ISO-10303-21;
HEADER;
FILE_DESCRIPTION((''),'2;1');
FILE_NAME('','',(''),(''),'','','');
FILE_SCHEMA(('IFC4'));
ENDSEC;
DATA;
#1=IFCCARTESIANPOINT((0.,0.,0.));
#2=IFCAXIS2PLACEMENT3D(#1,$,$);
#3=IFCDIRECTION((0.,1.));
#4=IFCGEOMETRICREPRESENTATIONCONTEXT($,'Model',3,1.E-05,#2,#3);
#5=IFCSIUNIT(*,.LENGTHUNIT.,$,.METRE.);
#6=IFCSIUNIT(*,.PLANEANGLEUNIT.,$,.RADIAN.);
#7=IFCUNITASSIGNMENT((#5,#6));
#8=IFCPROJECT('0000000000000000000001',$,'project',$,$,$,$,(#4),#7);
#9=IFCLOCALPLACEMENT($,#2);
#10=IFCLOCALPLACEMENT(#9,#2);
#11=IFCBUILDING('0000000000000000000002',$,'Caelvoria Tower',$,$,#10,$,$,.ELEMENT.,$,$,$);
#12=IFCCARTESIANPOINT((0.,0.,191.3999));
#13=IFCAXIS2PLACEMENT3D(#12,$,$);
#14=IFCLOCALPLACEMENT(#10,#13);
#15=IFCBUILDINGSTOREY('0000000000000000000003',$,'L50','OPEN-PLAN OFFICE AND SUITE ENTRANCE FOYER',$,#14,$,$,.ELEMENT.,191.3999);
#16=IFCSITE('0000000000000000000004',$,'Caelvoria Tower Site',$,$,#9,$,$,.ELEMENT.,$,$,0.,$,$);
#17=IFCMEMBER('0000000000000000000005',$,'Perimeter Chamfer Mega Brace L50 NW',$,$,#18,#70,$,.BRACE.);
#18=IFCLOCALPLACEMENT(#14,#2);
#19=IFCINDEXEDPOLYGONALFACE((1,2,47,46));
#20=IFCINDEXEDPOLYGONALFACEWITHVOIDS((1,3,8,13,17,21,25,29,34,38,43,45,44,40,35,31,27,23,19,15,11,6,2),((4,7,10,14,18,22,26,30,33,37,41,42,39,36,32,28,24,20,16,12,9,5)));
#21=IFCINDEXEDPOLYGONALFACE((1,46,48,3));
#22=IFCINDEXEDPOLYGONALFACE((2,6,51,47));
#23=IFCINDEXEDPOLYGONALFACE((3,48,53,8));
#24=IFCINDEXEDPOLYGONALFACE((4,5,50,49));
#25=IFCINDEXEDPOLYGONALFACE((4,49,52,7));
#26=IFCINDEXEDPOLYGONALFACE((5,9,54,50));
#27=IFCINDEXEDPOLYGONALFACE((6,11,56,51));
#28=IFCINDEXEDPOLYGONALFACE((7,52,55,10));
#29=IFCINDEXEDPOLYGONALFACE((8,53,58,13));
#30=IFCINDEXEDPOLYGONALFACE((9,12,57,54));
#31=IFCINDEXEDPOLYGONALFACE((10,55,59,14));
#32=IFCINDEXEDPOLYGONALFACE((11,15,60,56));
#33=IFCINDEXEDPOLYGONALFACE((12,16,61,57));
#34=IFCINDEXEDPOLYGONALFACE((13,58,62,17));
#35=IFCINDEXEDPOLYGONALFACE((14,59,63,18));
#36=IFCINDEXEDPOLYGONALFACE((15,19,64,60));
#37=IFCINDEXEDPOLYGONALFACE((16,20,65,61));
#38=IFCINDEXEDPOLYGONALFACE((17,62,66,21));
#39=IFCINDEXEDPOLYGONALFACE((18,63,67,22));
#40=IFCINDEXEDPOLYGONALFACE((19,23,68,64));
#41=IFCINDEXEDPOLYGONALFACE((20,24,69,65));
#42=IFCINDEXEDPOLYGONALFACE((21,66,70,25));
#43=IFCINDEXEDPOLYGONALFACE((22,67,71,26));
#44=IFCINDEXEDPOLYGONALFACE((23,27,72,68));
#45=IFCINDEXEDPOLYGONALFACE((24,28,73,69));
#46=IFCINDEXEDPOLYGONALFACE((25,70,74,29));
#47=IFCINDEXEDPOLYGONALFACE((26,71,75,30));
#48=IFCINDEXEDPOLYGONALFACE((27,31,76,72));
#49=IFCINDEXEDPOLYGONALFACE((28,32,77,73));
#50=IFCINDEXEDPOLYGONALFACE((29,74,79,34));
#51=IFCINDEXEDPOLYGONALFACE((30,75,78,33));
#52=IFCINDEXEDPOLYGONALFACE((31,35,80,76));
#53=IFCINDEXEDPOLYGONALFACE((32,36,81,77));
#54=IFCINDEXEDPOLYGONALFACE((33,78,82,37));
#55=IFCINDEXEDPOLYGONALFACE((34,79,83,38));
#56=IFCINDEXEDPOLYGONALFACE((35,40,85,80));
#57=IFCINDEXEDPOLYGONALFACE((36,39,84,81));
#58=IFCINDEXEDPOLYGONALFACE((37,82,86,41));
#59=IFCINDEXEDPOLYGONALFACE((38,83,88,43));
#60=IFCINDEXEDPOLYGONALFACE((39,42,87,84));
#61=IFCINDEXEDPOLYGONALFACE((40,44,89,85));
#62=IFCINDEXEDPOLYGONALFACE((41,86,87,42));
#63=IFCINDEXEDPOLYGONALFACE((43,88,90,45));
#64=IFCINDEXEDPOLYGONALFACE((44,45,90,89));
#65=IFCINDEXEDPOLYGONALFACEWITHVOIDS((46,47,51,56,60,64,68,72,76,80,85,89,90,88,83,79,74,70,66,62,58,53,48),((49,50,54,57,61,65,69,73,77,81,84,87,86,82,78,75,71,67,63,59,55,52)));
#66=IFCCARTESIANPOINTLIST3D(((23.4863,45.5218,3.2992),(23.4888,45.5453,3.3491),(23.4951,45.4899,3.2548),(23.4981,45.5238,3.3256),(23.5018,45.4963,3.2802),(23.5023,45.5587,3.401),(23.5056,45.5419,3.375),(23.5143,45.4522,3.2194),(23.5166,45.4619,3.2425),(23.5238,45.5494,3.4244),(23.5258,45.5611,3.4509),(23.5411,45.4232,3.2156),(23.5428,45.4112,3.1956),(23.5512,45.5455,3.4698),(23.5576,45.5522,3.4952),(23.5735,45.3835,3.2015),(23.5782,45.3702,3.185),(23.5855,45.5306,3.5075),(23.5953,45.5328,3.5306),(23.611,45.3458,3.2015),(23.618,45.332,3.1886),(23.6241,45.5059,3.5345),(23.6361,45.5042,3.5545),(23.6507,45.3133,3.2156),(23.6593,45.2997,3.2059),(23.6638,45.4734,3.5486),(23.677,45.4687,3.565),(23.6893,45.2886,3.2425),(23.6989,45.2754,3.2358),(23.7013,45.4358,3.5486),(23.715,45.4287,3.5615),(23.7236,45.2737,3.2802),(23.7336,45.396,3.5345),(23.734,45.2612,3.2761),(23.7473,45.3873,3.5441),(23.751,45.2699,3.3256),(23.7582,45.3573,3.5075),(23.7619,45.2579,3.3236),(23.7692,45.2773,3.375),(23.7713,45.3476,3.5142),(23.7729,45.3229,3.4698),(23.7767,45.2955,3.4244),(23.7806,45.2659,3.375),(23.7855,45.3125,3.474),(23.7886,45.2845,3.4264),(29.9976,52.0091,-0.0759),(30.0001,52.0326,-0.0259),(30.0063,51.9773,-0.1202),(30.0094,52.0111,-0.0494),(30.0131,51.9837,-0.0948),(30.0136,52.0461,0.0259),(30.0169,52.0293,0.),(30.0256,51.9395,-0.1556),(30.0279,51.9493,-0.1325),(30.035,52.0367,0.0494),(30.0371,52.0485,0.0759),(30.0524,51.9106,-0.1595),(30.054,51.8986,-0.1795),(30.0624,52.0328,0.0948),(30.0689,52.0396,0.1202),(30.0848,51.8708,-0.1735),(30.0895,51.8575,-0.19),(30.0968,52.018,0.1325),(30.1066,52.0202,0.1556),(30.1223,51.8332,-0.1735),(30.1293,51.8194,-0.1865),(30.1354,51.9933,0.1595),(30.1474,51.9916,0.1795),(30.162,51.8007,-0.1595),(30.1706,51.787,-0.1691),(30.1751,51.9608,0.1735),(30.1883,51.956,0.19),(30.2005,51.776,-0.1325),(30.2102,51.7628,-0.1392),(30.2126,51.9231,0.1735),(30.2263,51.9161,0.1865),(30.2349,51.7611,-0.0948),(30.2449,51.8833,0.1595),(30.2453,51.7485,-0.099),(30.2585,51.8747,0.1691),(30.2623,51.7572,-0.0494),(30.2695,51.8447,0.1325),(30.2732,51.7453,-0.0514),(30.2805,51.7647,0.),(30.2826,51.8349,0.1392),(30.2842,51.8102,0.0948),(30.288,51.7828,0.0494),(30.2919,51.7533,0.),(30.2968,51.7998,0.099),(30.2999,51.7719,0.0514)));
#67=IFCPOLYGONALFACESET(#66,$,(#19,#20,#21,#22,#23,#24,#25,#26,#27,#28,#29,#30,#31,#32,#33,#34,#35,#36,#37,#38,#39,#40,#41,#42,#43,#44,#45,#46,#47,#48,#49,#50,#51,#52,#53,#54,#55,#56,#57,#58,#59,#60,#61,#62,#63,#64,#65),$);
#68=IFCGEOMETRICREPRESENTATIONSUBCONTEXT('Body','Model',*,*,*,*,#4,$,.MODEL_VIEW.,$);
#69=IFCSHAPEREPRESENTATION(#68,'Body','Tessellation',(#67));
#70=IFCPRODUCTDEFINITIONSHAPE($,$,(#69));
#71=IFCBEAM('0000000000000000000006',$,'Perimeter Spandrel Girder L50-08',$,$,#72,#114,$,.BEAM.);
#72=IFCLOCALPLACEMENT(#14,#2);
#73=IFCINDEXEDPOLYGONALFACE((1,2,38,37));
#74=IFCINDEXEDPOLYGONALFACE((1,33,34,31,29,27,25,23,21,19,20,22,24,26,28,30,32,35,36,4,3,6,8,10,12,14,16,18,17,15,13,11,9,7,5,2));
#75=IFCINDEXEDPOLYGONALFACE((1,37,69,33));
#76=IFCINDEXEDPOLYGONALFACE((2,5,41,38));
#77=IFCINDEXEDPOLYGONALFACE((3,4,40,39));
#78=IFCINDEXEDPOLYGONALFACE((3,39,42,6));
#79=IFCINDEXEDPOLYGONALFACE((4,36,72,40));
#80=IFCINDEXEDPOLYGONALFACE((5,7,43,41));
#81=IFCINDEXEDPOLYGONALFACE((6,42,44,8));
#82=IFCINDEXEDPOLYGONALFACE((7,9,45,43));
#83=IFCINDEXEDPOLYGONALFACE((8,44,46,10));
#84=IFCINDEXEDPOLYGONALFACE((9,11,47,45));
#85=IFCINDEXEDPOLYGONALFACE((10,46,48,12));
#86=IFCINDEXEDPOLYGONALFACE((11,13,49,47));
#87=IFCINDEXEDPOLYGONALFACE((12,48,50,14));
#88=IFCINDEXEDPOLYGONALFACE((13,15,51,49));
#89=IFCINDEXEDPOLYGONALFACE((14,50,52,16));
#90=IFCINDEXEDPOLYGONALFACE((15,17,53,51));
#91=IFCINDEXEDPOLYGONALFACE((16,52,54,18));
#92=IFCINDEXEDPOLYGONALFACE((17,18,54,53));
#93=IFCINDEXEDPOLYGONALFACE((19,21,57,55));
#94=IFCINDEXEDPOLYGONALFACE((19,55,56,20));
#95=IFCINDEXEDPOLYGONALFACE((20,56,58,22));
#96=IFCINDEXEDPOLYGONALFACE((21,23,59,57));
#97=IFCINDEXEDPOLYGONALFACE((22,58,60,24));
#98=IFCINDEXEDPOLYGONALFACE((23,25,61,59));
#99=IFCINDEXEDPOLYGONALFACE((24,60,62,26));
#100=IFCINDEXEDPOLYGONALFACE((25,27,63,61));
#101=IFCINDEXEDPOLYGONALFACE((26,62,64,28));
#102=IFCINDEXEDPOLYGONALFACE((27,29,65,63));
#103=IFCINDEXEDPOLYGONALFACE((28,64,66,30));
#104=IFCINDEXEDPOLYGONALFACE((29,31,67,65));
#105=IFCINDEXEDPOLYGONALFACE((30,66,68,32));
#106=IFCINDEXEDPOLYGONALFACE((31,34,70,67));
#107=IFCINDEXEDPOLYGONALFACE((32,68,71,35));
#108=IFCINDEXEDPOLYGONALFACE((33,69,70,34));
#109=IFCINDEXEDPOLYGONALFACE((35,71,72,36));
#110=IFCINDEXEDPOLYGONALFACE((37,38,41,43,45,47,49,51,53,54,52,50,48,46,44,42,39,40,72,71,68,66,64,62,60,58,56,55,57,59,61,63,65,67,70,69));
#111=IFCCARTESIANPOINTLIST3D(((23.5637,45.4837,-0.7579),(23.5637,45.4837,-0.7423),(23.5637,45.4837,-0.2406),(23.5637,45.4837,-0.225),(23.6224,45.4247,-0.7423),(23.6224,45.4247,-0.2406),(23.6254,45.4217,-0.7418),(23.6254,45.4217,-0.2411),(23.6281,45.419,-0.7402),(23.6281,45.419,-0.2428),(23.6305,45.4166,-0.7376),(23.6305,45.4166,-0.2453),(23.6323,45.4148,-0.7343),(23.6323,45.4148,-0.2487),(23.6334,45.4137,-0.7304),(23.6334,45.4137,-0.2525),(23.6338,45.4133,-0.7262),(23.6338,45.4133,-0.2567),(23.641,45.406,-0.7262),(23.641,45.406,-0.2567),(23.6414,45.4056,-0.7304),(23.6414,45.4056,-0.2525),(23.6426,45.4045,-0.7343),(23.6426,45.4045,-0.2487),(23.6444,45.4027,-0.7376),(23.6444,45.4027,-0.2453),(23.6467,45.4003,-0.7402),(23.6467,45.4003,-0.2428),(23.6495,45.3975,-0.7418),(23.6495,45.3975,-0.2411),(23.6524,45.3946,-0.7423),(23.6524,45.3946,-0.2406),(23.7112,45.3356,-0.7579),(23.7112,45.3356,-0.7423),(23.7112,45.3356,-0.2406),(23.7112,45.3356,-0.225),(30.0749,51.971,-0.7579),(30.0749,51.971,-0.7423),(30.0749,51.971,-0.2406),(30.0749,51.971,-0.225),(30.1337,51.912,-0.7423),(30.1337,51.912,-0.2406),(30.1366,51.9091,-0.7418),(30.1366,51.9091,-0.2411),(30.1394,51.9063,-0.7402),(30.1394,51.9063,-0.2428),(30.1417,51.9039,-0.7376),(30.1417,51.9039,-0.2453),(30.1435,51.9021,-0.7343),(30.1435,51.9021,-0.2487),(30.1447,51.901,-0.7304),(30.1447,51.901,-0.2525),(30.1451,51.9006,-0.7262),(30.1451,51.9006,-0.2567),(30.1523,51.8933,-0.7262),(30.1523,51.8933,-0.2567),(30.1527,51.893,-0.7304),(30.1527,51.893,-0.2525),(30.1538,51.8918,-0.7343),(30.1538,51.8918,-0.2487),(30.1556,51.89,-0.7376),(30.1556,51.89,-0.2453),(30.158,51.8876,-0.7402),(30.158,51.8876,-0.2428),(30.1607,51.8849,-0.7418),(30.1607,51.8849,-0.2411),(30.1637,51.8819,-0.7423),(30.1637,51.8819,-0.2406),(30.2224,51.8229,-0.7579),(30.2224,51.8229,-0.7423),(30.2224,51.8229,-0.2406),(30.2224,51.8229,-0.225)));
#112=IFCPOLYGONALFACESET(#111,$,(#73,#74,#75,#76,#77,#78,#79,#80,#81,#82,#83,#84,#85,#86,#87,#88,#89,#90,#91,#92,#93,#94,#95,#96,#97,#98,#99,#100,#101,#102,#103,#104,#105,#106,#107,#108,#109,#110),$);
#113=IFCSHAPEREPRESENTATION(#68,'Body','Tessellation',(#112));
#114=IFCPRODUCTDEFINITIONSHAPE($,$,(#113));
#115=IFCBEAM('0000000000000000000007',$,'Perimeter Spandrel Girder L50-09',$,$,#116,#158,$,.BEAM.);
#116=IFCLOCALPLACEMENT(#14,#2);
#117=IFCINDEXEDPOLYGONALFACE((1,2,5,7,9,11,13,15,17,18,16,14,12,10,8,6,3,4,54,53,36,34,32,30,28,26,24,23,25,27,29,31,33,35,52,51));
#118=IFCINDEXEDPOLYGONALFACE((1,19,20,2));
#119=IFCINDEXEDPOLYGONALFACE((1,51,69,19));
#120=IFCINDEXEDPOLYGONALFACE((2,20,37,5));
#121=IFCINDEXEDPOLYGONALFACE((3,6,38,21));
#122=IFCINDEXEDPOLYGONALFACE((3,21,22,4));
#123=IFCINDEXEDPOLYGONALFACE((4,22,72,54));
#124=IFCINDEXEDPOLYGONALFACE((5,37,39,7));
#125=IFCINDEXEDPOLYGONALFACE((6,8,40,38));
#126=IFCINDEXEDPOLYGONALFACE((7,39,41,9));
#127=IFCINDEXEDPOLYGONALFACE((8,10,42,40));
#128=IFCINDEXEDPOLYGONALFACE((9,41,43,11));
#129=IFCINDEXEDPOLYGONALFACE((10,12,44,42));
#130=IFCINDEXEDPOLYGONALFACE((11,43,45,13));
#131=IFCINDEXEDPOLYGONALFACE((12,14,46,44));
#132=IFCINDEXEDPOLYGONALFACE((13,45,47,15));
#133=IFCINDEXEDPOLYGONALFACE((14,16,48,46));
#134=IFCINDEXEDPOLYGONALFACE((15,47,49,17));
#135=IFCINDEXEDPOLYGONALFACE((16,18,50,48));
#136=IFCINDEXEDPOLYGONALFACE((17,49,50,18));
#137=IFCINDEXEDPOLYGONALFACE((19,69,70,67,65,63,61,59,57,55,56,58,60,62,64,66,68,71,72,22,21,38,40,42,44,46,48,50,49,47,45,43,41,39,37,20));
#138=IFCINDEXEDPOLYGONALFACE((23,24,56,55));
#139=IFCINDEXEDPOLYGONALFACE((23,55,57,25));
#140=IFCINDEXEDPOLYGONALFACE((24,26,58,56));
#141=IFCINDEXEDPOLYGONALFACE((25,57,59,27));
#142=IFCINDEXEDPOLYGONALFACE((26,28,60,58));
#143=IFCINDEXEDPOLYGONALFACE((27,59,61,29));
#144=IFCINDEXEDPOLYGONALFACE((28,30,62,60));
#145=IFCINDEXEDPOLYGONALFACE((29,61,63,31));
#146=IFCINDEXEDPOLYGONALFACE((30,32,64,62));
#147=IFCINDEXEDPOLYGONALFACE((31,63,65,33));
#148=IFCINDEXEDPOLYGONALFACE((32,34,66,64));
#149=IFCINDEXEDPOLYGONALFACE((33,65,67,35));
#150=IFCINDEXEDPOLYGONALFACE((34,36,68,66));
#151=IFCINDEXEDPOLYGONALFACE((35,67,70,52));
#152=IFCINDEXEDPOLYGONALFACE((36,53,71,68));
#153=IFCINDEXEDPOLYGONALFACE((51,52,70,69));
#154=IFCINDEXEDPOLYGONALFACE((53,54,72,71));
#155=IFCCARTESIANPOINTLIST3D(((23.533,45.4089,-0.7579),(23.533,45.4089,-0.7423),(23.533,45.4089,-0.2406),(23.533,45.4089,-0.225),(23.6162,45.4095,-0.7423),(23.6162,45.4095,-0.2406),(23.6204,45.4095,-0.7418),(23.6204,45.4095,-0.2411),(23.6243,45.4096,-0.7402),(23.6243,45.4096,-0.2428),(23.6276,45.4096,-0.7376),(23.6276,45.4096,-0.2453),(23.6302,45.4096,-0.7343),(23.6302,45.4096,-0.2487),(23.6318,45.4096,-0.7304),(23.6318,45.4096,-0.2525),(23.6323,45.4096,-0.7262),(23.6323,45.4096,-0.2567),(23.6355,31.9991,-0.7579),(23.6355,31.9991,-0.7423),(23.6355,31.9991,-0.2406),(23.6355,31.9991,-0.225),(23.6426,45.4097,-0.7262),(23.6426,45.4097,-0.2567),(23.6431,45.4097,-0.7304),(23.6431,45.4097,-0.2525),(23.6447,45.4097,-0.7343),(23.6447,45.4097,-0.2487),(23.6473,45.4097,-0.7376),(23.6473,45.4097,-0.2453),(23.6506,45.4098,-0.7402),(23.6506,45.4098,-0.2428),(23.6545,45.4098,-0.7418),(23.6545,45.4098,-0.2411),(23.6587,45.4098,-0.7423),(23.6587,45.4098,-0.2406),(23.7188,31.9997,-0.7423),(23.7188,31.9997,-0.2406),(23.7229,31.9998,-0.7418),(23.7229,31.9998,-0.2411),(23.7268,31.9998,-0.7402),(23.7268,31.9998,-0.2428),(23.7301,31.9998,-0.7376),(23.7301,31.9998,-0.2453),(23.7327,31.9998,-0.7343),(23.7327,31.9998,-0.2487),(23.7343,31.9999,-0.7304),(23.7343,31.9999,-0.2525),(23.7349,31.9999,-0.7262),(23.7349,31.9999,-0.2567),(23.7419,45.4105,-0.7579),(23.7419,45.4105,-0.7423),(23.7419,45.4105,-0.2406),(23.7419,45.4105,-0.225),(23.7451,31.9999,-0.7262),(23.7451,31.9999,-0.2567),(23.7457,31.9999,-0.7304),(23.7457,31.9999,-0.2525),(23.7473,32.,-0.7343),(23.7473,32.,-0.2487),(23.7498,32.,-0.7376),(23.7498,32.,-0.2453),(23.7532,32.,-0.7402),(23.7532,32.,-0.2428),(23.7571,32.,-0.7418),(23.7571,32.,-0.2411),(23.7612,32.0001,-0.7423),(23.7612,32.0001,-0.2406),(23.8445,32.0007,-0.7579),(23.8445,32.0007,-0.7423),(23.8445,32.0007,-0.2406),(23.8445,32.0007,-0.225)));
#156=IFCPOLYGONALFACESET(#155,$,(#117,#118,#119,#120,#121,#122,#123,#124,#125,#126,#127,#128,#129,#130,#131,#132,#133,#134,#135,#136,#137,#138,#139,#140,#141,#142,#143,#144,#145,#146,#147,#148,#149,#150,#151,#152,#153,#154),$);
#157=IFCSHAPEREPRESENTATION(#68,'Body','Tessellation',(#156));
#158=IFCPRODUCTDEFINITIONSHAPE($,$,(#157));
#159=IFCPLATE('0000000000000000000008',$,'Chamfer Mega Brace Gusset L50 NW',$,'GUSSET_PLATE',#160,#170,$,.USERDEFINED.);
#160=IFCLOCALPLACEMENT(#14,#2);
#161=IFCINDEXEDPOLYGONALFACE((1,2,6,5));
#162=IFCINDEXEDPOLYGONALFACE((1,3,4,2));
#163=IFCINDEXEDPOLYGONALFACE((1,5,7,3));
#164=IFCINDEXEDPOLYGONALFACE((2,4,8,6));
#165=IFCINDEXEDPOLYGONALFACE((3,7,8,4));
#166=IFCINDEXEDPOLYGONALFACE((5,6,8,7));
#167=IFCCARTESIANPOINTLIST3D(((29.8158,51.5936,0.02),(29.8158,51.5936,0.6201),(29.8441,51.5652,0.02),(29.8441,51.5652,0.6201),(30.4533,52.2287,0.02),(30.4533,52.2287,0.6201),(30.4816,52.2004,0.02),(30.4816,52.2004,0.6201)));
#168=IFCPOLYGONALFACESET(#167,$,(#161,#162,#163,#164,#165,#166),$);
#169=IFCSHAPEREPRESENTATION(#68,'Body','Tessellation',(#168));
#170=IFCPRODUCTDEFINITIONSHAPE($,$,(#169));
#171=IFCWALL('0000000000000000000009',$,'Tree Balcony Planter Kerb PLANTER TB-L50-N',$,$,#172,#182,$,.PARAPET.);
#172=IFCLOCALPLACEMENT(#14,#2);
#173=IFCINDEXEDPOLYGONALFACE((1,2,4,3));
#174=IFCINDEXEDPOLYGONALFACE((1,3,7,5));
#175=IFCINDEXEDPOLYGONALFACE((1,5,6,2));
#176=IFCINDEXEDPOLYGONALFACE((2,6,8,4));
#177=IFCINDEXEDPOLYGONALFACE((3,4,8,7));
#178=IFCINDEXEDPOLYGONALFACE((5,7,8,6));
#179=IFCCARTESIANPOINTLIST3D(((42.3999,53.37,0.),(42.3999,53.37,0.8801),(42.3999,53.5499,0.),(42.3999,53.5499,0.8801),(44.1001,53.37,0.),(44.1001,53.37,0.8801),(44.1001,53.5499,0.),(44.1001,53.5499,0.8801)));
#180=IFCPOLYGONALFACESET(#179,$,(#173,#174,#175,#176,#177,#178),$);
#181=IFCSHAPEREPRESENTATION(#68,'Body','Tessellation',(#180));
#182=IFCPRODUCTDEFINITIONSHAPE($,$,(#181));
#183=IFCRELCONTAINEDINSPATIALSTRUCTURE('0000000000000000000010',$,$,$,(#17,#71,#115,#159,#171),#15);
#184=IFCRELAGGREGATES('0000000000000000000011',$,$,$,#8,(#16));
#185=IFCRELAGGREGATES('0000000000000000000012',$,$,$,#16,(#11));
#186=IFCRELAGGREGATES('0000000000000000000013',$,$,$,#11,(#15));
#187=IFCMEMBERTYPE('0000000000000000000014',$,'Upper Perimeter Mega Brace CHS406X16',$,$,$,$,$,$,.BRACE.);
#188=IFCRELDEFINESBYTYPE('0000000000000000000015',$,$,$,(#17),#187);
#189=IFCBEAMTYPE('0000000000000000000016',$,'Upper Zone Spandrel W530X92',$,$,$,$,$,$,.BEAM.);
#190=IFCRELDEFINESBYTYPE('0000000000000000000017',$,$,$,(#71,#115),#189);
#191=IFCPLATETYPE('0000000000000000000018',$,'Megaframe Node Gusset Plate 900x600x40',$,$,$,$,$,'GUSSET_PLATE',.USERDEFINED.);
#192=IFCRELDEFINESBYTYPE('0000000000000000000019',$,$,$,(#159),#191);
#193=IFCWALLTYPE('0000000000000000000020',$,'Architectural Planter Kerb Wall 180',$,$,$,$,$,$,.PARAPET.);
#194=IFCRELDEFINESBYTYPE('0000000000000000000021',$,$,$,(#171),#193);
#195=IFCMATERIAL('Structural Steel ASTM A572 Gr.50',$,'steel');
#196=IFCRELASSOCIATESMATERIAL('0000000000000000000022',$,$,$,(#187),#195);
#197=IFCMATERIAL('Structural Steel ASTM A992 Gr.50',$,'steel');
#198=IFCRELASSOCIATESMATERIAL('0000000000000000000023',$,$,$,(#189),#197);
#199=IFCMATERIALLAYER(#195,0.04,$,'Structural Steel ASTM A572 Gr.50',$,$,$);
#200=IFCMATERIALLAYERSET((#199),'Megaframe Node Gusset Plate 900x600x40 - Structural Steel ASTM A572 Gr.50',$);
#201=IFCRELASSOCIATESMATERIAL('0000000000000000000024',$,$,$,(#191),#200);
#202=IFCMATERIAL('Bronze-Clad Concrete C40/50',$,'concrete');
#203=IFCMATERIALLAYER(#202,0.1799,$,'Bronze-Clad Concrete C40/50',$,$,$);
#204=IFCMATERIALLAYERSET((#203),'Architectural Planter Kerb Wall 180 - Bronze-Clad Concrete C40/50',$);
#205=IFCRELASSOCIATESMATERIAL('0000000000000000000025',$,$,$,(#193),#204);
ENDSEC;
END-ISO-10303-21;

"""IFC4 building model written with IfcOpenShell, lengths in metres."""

from ifc_helpers import new_model, si_unit, direction, frame, frame_2d, origin, origin_2d, place, context, subcontext, project, spatial, rectangle, hollow_circle, i_section, extrude, material, layer, layer_set, material_profile, profile_set, type_object, element, save


model = new_model("IFC4")

# Units and contexts
model_context = context("Model", 3, precision=1e-05, world=origin(), true_north=direction((0.0, 1.0)))
body_context = subcontext(model_context, "Body", "Model", "MODEL_VIEW")
ifc_project = project(units=[si_unit("LENGTHUNIT", "METRE"), si_unit("PLANEANGLEUNIT", "RADIAN")], contexts=[model_context])

# Site, building, storey
site_placement = place(None, origin())
site = spatial("IfcSite", under=ifc_project, at=site_placement, Name="Caelvoria Tower Site", CompositionType="ELEMENT", RefElevation=0.0)
building_placement = place(site_placement, origin())
building = spatial("IfcBuilding", under=site, at=building_placement, Name="Caelvoria Tower", CompositionType="ELEMENT")
storey_placement = place(building_placement, frame((0.0, 0.0, 191.3999)))
storey = spatial("IfcBuildingStorey", under=building, at=storey_placement, Name="L50", Description="OPEN-PLAN OFFICE AND SUITE ENTRANCE FOYER", CompositionType="ELEMENT", Elevation=191.3999)

# Shared definitions
ifc_material_1 = material(Name="Structural Steel ASTM A572 Gr.50", Category="steel")

# Shared definitions
ifc_material_2 = material(Name="Structural Steel ASTM A992 Gr.50", Category="steel")

# Member
ifc_material_profile_1 = material_profile(ifc_material_1, hollow_circle(Radius=0.2029, WallThickness=0.0161, at=origin_2d()), Name="Structural Steel ASTM A572 Gr.50")
ifc_profile_set_1 = profile_set([ifc_material_profile_1], Name="CHS406X16 - Structural Steel ASTM A572 Gr.50")
member_type = type_object("IfcMemberType", Name="Upper Perimeter Mega Brace CHS406X16", PredefinedType="BRACE", material=ifc_profile_set_1)
member_placement = place(storey_placement, frame((30.1487, 51.897, 0.0), z_axis=(-0.664994, -0.66255, 0.34469), x_axis=(0.705804, -0.708407, 0.0)))
element("IfcMember", 1, at=member_placement, inside=storey, type_object=member_type, Name="Perimeter Chamfer Mega Brace L50 NW", PredefinedType="BRACE", context=body_context, shape_type="SweptSolid", body=[
    extrude(hollow_circle(Radius=0.2029, WallThickness=0.0161, at=origin_2d()), origin(), (0.0, 0.0, 1.0), 9.7915),
])

# Beams
ifc_material_profile_2 = material_profile(ifc_material_2, i_section(OverallWidth=0.209, OverallDepth=0.533, WebThickness=0.0103, FlangeThickness=0.0156, FilletRadius=0.0161, at=origin_2d()), Name="Structural Steel ASTM A992 Gr.50")
ifc_profile_set_2 = profile_set([ifc_material_profile_2], Name="W530X92 - Structural Steel ASTM A992 Gr.50")
beam_type_1 = type_object("IfcBeamType", Name="Upper Zone Spandrel W530X92", PredefinedType="BEAM", material=ifc_profile_set_2)
beam_1_placement = place(storey_placement, frame((30.1487, 51.897, -0.4915), z_axis=(-0.708407, -0.705804, 0.0), x_axis=(0.705804, -0.708407, 0.0)))
element("IfcBeam", 2, at=beam_1_placement, inside=storey, type_object=beam_type_1, Name="Perimeter Spandrel Girder L50-08", PredefinedType="BEAM", context=body_context, shape_type="SweptSolid", body=[
    extrude(i_section(OverallWidth=0.209, OverallDepth=0.533, WebThickness=0.0103, FlangeThickness=0.0156, FilletRadius=0.0161, at=origin_2d()), origin(), (0.0, 0.0, 1.0), 9.1914),
])
beam_2_placement = place(storey_placement, frame((23.6375, 45.4097, -0.4915), z_axis=(0.007646, -0.999971, 0.0), x_axis=(0.999971, 0.007646, 0.0)))
element("IfcBeam", 3, at=beam_2_placement, inside=storey, type_object=beam_type_1, Name="Perimeter Spandrel Girder L50-09", PredefinedType="BEAM", context=body_context, shape_type="SweptSolid", body=[
    extrude(i_section(OverallWidth=0.209, OverallDepth=0.533, WebThickness=0.0103, FlangeThickness=0.0156, FilletRadius=0.0161, at=origin_2d()), origin(), (0.0, 0.0, 1.0), 13.4102),
])

# Plate
ifc_layer_1 = layer(ifc_material_1, 0.04, Name="Structural Steel ASTM A572 Gr.50")
ifc_layer_set_1 = layer_set([ifc_layer_1], Name="Megaframe Node Gusset Plate 900x600x40 - Structural Steel ASTM A572 Gr.50")
plate_type = type_object("IfcPlateType", Name="Megaframe Node Gusset Plate 900x600x40", ElementType="GUSSET_PLATE", PredefinedType="USERDEFINED", material=ifc_layer_set_1)
plate_placement = place(storey_placement, frame((30.1487, 51.897, 0.02), z_axis=(0.0, 0.0, 1.0), x_axis=(-0.708405, -0.705806, 0.0)))
element("IfcPlate", 4, at=plate_placement, inside=storey, type_object=plate_type, Name="Chamfer Mega Brace Gusset L50 NW", ObjectType="GUSSET_PLATE", PredefinedType="USERDEFINED", context=body_context, shape_type="SweptSolid", body=[
    extrude(rectangle(XDim=0.8999, YDim=0.04, at=origin_2d()), origin(), (0.0, 0.0, 1.0), 0.6001),
])

# Wall
ifc_material_3 = material(Name="Bronze-Clad Concrete C40/50", Category="concrete")
ifc_layer_2 = layer(ifc_material_3, 0.1799, Name="Bronze-Clad Concrete C40/50")
ifc_layer_set_2 = layer_set([ifc_layer_2], Name="Architectural Planter Kerb Wall 180 - Bronze-Clad Concrete C40/50")
wall_type_1 = type_object("IfcWallType", Name="Architectural Planter Kerb Wall 180", PredefinedType="PARAPET", material=ifc_layer_set_2)
wall_1_placement = place(storey_placement, frame((42.3999, 53.46, 0.0), z_axis=(0.0, 0.0, 1.0), x_axis=(1.0, 0.0, 0.0)))
element("IfcWall", 5, at=wall_1_placement, inside=storey, type_object=wall_type_1, Name="Tree Balcony Planter Kerb PLANTER TB-L50-N", PredefinedType="PARAPET", context=body_context, shape_type="SweptSolid", body=[
    extrude(rectangle(XDim=1.7002, YDim=0.1799, at=frame_2d((0.8501, 0.0))), origin(), (0.0, 0.0, 1.0), 0.8801),
])

save(model, "model.ifc")
